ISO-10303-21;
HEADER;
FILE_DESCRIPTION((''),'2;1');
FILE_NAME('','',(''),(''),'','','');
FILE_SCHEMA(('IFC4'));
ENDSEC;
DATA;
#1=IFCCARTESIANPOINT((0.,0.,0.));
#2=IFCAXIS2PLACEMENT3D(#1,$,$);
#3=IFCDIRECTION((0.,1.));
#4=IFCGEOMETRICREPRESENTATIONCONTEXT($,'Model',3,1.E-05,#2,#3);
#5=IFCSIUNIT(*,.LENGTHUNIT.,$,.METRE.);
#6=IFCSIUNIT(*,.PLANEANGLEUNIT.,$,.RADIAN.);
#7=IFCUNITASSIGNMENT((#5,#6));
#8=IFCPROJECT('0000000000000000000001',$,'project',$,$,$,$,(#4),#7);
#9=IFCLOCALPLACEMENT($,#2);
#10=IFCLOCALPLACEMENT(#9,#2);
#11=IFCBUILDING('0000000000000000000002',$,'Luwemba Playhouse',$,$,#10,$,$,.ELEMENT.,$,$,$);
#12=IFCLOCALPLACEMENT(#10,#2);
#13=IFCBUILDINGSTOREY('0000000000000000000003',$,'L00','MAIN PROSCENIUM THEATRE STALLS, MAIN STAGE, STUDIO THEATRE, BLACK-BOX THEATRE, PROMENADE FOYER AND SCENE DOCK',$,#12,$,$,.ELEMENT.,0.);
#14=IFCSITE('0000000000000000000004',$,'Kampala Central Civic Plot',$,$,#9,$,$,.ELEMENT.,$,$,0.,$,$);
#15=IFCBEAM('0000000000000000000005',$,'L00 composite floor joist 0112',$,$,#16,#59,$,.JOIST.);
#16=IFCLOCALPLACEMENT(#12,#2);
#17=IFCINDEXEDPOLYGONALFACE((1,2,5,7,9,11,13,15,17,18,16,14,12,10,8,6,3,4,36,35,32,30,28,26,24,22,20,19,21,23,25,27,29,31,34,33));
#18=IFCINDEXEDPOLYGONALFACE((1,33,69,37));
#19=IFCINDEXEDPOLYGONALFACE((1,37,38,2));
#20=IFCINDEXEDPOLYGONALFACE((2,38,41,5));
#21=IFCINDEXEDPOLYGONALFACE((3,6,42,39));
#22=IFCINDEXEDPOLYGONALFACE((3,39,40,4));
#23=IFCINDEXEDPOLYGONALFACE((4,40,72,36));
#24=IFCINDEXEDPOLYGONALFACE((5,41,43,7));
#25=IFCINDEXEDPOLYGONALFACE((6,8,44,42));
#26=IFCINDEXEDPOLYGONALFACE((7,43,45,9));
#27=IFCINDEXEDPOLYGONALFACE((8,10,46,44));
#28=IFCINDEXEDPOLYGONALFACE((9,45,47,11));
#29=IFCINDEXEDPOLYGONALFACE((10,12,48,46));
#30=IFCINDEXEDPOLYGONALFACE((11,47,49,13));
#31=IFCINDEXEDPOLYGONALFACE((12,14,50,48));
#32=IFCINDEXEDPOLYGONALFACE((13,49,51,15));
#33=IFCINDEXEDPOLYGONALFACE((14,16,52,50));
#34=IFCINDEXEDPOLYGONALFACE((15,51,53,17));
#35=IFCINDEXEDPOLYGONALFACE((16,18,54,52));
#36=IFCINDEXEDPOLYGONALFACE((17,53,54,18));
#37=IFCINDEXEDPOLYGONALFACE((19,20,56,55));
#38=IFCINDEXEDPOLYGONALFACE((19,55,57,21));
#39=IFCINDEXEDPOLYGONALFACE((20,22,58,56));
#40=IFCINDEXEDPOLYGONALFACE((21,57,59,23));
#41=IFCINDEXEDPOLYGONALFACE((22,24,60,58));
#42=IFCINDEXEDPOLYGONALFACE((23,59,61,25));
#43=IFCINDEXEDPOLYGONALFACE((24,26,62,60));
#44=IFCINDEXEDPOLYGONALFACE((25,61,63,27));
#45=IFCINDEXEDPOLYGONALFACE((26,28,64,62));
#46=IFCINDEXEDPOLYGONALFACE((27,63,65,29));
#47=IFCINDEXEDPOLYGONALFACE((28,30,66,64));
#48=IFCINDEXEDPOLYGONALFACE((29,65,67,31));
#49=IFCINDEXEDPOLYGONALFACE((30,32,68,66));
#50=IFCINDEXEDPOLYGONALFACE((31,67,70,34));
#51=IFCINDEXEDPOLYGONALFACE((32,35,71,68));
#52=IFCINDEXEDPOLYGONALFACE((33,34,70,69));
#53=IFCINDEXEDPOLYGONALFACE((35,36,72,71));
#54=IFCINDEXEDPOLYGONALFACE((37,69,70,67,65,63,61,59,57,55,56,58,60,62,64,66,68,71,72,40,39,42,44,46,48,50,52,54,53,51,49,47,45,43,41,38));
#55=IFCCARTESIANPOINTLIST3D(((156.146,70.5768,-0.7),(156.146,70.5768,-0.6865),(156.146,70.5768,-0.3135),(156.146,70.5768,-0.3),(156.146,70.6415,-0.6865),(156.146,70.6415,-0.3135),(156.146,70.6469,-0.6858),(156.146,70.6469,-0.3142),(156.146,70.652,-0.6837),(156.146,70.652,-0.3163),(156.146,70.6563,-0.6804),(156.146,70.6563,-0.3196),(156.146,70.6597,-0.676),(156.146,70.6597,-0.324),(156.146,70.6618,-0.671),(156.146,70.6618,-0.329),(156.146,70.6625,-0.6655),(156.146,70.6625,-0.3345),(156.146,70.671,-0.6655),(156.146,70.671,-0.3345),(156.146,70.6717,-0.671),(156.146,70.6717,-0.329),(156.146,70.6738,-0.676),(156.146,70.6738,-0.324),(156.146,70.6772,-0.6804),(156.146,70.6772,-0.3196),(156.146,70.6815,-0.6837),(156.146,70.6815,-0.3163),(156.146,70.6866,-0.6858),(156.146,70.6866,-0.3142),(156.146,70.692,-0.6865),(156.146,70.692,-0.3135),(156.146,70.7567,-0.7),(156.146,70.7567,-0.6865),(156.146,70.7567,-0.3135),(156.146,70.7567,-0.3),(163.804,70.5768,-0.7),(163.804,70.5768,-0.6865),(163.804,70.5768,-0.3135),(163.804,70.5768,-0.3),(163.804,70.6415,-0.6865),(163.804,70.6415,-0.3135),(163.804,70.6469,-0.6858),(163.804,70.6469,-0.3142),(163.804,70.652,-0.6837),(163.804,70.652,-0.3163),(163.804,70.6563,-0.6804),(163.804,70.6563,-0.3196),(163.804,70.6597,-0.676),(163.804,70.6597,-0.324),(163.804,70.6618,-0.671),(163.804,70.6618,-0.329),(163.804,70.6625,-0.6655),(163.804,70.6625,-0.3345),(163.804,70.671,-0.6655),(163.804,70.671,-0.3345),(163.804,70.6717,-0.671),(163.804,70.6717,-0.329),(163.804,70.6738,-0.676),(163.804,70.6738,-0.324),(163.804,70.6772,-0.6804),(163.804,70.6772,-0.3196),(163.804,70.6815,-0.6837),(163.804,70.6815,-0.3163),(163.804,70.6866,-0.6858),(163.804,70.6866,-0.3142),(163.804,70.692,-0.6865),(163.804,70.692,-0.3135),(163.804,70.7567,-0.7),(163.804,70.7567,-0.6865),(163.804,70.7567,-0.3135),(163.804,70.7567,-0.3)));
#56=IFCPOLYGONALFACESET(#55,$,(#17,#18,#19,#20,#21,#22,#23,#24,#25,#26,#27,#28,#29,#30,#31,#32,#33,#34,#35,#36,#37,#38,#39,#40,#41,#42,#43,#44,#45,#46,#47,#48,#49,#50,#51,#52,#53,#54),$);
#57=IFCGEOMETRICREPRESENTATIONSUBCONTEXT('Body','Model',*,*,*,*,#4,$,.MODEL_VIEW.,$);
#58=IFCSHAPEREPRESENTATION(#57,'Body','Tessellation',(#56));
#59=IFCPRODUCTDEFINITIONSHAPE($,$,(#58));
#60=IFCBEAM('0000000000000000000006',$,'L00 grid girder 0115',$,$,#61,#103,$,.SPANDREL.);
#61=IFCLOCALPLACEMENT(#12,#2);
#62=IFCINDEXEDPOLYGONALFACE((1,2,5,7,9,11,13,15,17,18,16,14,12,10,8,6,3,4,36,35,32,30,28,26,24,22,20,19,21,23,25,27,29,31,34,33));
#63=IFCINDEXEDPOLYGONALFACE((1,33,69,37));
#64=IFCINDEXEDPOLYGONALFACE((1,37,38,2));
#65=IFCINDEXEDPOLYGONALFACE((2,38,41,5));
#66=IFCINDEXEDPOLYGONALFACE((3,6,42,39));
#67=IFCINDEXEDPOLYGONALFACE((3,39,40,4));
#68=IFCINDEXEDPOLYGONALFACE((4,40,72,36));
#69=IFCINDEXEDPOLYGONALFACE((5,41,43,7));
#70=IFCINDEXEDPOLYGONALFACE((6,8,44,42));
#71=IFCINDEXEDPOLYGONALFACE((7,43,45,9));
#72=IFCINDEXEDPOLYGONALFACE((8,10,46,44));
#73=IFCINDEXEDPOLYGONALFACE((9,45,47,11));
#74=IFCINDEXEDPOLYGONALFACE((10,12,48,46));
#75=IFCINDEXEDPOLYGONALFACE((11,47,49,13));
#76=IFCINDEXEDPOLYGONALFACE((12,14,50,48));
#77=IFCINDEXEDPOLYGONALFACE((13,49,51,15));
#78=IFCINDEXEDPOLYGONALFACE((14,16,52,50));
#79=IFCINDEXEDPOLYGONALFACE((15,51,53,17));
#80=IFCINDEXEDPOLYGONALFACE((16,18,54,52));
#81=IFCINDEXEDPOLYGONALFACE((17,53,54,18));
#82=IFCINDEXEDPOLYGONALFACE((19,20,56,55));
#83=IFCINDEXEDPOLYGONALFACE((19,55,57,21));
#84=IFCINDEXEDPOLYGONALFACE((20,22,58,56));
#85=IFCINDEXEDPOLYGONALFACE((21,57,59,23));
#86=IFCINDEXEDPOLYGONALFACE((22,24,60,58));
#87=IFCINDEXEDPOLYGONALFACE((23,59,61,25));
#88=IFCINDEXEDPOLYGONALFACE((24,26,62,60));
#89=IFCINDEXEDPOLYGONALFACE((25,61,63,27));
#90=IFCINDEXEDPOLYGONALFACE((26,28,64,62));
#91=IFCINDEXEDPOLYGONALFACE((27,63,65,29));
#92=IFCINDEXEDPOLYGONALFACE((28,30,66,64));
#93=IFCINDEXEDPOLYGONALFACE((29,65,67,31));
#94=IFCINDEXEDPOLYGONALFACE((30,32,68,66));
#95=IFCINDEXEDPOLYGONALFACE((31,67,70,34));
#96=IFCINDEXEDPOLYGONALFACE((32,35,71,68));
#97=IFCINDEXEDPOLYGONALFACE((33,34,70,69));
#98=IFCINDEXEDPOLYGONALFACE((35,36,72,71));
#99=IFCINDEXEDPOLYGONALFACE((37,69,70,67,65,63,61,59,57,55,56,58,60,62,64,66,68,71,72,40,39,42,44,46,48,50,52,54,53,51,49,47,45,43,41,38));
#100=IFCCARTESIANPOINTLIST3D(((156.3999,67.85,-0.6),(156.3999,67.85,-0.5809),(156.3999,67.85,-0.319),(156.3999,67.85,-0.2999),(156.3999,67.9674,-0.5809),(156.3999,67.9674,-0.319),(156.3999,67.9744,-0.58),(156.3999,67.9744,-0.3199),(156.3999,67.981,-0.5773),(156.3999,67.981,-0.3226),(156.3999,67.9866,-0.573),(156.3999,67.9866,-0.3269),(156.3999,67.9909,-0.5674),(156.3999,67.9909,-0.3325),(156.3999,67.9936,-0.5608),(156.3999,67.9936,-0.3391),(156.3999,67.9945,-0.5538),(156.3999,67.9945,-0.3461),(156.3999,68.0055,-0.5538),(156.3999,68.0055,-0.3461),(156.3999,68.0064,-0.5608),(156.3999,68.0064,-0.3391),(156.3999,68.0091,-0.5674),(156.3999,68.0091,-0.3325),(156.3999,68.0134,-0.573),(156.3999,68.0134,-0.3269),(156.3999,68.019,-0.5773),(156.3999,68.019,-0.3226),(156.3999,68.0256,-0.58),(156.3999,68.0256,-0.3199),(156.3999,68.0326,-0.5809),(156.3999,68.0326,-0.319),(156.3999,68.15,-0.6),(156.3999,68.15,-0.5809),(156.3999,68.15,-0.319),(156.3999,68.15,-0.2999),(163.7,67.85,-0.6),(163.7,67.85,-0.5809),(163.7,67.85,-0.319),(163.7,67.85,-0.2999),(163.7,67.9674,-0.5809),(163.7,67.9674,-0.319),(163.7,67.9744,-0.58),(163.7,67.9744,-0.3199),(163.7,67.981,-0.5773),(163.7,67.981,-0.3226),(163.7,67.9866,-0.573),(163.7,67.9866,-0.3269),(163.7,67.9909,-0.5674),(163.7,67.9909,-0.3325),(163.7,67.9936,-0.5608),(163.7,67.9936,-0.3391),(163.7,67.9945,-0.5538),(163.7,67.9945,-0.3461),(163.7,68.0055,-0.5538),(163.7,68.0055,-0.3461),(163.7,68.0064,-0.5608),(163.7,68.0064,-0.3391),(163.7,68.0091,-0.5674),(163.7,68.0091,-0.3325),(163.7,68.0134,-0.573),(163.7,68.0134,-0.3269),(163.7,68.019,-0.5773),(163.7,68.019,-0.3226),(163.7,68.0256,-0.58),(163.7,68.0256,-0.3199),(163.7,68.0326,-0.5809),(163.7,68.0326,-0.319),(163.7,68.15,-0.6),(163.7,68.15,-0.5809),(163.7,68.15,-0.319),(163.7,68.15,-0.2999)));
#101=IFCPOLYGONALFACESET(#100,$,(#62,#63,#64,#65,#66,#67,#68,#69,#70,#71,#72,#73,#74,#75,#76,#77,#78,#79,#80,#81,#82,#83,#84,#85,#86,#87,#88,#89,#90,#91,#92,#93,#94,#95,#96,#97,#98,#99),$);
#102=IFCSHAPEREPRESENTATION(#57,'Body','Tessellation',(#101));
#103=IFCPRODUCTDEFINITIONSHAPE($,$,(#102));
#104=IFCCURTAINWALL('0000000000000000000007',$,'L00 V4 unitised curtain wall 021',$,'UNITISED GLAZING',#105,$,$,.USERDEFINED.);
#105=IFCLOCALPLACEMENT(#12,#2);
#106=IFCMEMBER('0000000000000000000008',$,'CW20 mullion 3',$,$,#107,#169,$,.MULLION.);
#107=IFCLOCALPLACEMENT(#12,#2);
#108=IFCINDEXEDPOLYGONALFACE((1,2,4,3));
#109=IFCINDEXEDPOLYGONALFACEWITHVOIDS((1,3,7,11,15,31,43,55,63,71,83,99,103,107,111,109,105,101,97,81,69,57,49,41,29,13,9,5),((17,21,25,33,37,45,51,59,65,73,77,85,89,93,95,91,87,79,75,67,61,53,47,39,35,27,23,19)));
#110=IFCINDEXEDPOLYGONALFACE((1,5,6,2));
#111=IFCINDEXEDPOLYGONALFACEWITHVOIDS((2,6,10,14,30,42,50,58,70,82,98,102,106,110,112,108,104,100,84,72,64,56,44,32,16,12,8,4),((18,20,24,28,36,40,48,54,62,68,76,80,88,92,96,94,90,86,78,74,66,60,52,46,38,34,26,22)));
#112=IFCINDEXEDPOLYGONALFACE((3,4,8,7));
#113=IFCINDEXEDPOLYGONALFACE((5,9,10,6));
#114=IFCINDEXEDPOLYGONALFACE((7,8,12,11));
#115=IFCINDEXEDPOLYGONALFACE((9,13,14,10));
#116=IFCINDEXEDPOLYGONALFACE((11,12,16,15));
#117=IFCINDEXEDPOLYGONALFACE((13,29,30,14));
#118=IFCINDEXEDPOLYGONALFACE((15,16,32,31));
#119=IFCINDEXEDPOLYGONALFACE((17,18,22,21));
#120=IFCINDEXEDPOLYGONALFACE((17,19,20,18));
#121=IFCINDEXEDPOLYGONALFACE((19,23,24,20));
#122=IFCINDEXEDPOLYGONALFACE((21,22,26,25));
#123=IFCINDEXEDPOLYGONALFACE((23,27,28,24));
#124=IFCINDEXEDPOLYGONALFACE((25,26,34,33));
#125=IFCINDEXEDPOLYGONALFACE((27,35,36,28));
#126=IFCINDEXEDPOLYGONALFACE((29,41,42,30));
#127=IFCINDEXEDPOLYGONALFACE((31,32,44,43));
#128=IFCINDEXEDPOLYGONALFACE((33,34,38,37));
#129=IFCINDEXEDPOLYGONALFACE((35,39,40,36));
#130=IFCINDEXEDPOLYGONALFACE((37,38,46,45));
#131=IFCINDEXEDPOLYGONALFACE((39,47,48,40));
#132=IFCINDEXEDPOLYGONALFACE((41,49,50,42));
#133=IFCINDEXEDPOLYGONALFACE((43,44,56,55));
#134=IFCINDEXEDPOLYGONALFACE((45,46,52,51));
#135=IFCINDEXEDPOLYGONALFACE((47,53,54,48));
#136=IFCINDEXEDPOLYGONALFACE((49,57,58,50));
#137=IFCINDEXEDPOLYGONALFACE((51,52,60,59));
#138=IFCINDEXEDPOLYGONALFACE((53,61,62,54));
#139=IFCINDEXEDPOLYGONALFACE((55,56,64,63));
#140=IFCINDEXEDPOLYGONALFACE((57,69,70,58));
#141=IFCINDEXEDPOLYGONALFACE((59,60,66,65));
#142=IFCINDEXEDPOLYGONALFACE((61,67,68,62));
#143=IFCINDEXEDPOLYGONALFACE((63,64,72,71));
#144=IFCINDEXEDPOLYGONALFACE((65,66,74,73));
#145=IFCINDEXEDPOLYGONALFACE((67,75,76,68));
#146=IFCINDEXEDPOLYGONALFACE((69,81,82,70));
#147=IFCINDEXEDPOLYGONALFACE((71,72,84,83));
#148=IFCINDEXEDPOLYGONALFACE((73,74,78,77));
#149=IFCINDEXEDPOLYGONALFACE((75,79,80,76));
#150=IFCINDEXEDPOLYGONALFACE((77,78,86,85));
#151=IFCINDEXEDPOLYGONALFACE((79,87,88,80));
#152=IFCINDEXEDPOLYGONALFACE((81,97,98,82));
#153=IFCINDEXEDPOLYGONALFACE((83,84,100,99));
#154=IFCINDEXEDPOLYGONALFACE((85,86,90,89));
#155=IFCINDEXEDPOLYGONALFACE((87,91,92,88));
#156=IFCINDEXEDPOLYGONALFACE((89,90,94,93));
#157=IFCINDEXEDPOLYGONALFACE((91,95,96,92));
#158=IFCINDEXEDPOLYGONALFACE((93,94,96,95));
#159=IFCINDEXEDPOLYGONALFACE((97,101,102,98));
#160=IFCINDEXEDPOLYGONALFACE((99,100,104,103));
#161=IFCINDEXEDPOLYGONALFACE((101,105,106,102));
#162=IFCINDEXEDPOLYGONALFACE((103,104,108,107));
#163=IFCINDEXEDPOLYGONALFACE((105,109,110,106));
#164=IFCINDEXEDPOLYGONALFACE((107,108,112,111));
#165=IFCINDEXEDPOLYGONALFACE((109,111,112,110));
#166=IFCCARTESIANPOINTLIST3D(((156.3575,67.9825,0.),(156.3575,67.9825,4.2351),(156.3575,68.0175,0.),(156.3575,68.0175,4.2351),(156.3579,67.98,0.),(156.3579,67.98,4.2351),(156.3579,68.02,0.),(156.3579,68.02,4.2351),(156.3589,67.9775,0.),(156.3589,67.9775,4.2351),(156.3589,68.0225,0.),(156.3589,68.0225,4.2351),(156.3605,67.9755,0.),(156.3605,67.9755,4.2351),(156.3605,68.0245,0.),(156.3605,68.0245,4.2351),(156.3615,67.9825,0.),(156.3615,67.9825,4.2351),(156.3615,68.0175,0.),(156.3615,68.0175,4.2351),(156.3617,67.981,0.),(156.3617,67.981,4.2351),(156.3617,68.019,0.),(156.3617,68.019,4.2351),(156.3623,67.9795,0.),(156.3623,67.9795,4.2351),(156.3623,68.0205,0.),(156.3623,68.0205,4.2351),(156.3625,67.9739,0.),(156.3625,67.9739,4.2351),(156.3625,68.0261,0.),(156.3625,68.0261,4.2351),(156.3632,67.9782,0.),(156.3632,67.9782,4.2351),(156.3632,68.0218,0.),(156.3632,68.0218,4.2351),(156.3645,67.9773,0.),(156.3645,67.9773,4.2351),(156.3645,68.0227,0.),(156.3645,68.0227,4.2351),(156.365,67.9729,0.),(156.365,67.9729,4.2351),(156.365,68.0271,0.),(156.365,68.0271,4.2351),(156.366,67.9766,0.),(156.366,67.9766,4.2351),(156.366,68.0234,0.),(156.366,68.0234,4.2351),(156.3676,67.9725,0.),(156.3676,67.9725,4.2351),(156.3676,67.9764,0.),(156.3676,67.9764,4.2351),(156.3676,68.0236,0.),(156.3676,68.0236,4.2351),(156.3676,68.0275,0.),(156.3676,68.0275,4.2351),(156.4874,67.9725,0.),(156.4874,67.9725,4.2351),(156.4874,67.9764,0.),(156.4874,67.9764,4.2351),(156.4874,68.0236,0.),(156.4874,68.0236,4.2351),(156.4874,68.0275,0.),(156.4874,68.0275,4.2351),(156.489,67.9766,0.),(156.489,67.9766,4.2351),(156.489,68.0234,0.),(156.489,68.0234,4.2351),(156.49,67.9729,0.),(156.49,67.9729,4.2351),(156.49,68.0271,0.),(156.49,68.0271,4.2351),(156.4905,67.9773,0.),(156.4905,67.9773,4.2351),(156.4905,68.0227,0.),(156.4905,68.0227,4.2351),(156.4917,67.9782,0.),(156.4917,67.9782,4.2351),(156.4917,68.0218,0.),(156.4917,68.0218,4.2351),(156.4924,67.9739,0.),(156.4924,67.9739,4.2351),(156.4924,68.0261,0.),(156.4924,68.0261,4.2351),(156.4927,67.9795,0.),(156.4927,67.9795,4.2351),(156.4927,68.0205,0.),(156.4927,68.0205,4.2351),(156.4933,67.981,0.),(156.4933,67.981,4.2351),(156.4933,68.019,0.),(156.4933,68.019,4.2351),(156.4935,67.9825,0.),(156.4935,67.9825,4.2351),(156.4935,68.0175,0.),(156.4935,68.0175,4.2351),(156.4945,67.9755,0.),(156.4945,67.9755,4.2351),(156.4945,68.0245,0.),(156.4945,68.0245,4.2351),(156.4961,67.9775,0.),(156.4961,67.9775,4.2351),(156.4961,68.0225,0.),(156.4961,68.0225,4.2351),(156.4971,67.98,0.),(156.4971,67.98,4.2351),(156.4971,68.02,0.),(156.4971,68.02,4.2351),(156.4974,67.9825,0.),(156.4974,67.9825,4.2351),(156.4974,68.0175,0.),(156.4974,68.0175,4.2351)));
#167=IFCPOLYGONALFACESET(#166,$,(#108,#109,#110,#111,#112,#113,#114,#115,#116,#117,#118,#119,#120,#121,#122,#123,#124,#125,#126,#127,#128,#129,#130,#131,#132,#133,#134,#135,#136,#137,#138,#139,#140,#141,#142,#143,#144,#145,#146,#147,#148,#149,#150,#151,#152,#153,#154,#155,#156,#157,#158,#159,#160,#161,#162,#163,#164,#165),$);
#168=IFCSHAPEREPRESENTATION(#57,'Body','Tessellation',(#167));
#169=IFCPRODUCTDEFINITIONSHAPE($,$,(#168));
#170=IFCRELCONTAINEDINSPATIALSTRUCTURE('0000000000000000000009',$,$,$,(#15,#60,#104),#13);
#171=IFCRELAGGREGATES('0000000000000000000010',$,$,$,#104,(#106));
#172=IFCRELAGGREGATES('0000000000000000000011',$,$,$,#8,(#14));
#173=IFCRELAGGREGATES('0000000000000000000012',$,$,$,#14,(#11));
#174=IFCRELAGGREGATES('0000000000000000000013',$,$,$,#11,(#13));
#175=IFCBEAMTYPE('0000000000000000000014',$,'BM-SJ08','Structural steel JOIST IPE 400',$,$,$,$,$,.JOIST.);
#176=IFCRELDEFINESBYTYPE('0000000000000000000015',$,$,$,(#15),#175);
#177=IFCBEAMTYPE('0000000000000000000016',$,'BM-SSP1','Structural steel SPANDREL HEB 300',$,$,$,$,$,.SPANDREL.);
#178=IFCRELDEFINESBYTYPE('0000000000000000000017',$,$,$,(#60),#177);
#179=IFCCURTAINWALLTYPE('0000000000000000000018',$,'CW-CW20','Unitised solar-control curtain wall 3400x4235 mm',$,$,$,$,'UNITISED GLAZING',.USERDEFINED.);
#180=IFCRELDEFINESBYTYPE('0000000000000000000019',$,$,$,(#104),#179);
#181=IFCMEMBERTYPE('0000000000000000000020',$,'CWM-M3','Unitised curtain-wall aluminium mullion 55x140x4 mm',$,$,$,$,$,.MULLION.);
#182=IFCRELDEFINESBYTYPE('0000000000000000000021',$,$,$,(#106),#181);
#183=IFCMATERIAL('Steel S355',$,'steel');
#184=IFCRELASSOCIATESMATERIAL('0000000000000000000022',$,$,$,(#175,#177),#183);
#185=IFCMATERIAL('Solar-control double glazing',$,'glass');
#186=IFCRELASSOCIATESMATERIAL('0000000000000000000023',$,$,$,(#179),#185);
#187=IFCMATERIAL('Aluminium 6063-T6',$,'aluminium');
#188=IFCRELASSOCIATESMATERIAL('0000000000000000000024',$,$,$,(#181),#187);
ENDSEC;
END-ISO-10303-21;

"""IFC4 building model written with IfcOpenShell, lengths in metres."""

from ifc_helpers import new_model, si_unit, direction, frame, origin, origin_2d, place, context, subcontext, project, spatial, hollow_rectangle, i_section, extrude, material, material_profile, profile_set, type_object, element, aggregate, save


model = new_model("IFC4")

# Units and contexts
model_context = context("Model", 3, precision=1e-05, world=origin(), true_north=direction((0.0, 1.0)))
body_context = subcontext(model_context, "Body", "Model", "MODEL_VIEW")
ifc_project = project(units=[si_unit("LENGTHUNIT", "METRE"), si_unit("PLANEANGLEUNIT", "RADIAN")], contexts=[model_context])

# Site, building, storey
site_placement = place(None, origin())
site = spatial("IfcSite", under=ifc_project, at=site_placement, Name="Kampala Central Civic Plot", CompositionType="ELEMENT", RefElevation=0.0)
building_placement = place(site_placement, origin())
building = spatial("IfcBuilding", under=site, at=building_placement, Name="Luwemba Playhouse", CompositionType="ELEMENT")
storey_placement = place(building_placement, origin())
storey = spatial("IfcBuildingStorey", under=building, at=storey_placement, Name="L00", Description="MAIN PROSCENIUM THEATRE STALLS, MAIN STAGE, STUDIO THEATRE, BLACK-BOX THEATRE, PROMENADE FOYER AND SCENE DOCK", CompositionType="ELEMENT", Elevation=0.0)

# Beams
ifc_material_1 = material(Name="Steel S355", Category="steel")
ifc_material_profile_1 = material_profile(ifc_material_1, i_section(OverallWidth=0.1799, OverallDepth=0.3999, WebThickness=0.0085, FlangeThickness=0.0134, FilletRadius=0.021, at=origin_2d()))
ifc_profile_set_1 = profile_set([ifc_material_profile_1], Name="Steel S355")
beam_type_1 = type_object("IfcBeamType", Name="BM-SJ08", Description="Structural steel JOIST IPE 400", PredefinedType="JOIST", material=ifc_profile_set_1)
beam_1_placement = place(storey_placement, frame((156.146, 70.6667, -0.5), z_axis=(1.0, 0.0, 0.0), x_axis=(0.0, 1.0, 0.0)))
element("IfcBeam", 1, at=beam_1_placement, inside=storey, type_object=beam_type_1, Name="L00 composite floor joist 0112", PredefinedType="JOIST", context=body_context, shape_type="SweptSolid", body=[
    extrude(i_section(OverallWidth=0.1799, OverallDepth=0.3999, WebThickness=0.0085, FlangeThickness=0.0134, FilletRadius=0.021, at=origin_2d()), origin(), (0.0, 0.0, 1.0), 7.658),
])
ifc_material_profile_2 = material_profile(ifc_material_1, i_section(OverallWidth=0.3, OverallDepth=0.3, WebThickness=0.011, FlangeThickness=0.019, FilletRadius=0.0271, at=origin_2d()))
ifc_profile_set_2 = profile_set([ifc_material_profile_2], Name="Steel S355")
beam_type_2 = type_object("IfcBeamType", Name="BM-SSP1", Description="Structural steel SPANDREL HEB 300", PredefinedType="SPANDREL", material=ifc_profile_set_2)
beam_2_placement = place(storey_placement, frame((156.3999, 68.0, -0.45), z_axis=(1.0, 0.0, 0.0), x_axis=(0.0, 1.0, 0.0)))
element("IfcBeam", 2, at=beam_2_placement, inside=storey, type_object=beam_type_2, Name="L00 grid girder 0115", PredefinedType="SPANDREL", context=body_context, shape_type="SweptSolid", body=[
    extrude(i_section(OverallWidth=0.3, OverallDepth=0.3, WebThickness=0.011, FlangeThickness=0.019, FilletRadius=0.0271, at=origin_2d()), origin(), (0.0, 0.0, 1.0), 7.3),
])

# Curtain wall, member
ifc_material_2 = material(Name="Solar-control double glazing", Category="glass")
curtain_wall_type_1 = type_object("IfcCurtainWallType", Name="CW-CW20", Description="Unitised solar-control curtain wall 3400x4235 mm", ElementType="UNITISED GLAZING", PredefinedType="USERDEFINED", material=ifc_material_2)
curtain_wall_1_placement = place(storey_placement, origin())
curtain_wall_1 = element("IfcCurtainWall", 3, at=curtain_wall_1_placement, inside=storey, type_object=curtain_wall_type_1, Name="L00 V4 unitised curtain wall 021", ObjectType="UNITISED GLAZING", PredefinedType="USERDEFINED")
ifc_material_3 = material(Name="Aluminium 6063-T6", Category="aluminium")
ifc_material_profile_3 = material_profile(ifc_material_3, hollow_rectangle(XDim=0.0549, YDim=0.1399, WallThickness=0.0039, InnerFilletRadius=0.0061, OuterFilletRadius=0.01, at=origin_2d()))
ifc_profile_set_3 = profile_set([ifc_material_profile_3], Name="Aluminium 6063-T6")
member_type_1 = type_object("IfcMemberType", Name="CWM-M3", Description="Unitised curtain-wall aluminium mullion 55x140x4 mm", PredefinedType="MULLION", material=ifc_profile_set_3)
member_1_placement = place(storey_placement, frame((156.4275, 68.0, 0.0), z_axis=(0.0, 0.0, 1.0), x_axis=(0.0, -1.0, 0.0)))
member_1 = element("IfcMember", 4, at=member_1_placement, type_object=member_type_1, Name="CW20 mullion 3", PredefinedType="MULLION", context=body_context, shape_type="SweptSolid", body=[
    extrude(hollow_rectangle(XDim=0.0549, YDim=0.1399, WallThickness=0.0039, InnerFilletRadius=0.0061, OuterFilletRadius=0.01, at=origin_2d()), origin(), (0.0, 0.0, 1.0), 4.2351),
])

aggregate(curtain_wall_1, [member_1])

save(model, "model.ifc")
